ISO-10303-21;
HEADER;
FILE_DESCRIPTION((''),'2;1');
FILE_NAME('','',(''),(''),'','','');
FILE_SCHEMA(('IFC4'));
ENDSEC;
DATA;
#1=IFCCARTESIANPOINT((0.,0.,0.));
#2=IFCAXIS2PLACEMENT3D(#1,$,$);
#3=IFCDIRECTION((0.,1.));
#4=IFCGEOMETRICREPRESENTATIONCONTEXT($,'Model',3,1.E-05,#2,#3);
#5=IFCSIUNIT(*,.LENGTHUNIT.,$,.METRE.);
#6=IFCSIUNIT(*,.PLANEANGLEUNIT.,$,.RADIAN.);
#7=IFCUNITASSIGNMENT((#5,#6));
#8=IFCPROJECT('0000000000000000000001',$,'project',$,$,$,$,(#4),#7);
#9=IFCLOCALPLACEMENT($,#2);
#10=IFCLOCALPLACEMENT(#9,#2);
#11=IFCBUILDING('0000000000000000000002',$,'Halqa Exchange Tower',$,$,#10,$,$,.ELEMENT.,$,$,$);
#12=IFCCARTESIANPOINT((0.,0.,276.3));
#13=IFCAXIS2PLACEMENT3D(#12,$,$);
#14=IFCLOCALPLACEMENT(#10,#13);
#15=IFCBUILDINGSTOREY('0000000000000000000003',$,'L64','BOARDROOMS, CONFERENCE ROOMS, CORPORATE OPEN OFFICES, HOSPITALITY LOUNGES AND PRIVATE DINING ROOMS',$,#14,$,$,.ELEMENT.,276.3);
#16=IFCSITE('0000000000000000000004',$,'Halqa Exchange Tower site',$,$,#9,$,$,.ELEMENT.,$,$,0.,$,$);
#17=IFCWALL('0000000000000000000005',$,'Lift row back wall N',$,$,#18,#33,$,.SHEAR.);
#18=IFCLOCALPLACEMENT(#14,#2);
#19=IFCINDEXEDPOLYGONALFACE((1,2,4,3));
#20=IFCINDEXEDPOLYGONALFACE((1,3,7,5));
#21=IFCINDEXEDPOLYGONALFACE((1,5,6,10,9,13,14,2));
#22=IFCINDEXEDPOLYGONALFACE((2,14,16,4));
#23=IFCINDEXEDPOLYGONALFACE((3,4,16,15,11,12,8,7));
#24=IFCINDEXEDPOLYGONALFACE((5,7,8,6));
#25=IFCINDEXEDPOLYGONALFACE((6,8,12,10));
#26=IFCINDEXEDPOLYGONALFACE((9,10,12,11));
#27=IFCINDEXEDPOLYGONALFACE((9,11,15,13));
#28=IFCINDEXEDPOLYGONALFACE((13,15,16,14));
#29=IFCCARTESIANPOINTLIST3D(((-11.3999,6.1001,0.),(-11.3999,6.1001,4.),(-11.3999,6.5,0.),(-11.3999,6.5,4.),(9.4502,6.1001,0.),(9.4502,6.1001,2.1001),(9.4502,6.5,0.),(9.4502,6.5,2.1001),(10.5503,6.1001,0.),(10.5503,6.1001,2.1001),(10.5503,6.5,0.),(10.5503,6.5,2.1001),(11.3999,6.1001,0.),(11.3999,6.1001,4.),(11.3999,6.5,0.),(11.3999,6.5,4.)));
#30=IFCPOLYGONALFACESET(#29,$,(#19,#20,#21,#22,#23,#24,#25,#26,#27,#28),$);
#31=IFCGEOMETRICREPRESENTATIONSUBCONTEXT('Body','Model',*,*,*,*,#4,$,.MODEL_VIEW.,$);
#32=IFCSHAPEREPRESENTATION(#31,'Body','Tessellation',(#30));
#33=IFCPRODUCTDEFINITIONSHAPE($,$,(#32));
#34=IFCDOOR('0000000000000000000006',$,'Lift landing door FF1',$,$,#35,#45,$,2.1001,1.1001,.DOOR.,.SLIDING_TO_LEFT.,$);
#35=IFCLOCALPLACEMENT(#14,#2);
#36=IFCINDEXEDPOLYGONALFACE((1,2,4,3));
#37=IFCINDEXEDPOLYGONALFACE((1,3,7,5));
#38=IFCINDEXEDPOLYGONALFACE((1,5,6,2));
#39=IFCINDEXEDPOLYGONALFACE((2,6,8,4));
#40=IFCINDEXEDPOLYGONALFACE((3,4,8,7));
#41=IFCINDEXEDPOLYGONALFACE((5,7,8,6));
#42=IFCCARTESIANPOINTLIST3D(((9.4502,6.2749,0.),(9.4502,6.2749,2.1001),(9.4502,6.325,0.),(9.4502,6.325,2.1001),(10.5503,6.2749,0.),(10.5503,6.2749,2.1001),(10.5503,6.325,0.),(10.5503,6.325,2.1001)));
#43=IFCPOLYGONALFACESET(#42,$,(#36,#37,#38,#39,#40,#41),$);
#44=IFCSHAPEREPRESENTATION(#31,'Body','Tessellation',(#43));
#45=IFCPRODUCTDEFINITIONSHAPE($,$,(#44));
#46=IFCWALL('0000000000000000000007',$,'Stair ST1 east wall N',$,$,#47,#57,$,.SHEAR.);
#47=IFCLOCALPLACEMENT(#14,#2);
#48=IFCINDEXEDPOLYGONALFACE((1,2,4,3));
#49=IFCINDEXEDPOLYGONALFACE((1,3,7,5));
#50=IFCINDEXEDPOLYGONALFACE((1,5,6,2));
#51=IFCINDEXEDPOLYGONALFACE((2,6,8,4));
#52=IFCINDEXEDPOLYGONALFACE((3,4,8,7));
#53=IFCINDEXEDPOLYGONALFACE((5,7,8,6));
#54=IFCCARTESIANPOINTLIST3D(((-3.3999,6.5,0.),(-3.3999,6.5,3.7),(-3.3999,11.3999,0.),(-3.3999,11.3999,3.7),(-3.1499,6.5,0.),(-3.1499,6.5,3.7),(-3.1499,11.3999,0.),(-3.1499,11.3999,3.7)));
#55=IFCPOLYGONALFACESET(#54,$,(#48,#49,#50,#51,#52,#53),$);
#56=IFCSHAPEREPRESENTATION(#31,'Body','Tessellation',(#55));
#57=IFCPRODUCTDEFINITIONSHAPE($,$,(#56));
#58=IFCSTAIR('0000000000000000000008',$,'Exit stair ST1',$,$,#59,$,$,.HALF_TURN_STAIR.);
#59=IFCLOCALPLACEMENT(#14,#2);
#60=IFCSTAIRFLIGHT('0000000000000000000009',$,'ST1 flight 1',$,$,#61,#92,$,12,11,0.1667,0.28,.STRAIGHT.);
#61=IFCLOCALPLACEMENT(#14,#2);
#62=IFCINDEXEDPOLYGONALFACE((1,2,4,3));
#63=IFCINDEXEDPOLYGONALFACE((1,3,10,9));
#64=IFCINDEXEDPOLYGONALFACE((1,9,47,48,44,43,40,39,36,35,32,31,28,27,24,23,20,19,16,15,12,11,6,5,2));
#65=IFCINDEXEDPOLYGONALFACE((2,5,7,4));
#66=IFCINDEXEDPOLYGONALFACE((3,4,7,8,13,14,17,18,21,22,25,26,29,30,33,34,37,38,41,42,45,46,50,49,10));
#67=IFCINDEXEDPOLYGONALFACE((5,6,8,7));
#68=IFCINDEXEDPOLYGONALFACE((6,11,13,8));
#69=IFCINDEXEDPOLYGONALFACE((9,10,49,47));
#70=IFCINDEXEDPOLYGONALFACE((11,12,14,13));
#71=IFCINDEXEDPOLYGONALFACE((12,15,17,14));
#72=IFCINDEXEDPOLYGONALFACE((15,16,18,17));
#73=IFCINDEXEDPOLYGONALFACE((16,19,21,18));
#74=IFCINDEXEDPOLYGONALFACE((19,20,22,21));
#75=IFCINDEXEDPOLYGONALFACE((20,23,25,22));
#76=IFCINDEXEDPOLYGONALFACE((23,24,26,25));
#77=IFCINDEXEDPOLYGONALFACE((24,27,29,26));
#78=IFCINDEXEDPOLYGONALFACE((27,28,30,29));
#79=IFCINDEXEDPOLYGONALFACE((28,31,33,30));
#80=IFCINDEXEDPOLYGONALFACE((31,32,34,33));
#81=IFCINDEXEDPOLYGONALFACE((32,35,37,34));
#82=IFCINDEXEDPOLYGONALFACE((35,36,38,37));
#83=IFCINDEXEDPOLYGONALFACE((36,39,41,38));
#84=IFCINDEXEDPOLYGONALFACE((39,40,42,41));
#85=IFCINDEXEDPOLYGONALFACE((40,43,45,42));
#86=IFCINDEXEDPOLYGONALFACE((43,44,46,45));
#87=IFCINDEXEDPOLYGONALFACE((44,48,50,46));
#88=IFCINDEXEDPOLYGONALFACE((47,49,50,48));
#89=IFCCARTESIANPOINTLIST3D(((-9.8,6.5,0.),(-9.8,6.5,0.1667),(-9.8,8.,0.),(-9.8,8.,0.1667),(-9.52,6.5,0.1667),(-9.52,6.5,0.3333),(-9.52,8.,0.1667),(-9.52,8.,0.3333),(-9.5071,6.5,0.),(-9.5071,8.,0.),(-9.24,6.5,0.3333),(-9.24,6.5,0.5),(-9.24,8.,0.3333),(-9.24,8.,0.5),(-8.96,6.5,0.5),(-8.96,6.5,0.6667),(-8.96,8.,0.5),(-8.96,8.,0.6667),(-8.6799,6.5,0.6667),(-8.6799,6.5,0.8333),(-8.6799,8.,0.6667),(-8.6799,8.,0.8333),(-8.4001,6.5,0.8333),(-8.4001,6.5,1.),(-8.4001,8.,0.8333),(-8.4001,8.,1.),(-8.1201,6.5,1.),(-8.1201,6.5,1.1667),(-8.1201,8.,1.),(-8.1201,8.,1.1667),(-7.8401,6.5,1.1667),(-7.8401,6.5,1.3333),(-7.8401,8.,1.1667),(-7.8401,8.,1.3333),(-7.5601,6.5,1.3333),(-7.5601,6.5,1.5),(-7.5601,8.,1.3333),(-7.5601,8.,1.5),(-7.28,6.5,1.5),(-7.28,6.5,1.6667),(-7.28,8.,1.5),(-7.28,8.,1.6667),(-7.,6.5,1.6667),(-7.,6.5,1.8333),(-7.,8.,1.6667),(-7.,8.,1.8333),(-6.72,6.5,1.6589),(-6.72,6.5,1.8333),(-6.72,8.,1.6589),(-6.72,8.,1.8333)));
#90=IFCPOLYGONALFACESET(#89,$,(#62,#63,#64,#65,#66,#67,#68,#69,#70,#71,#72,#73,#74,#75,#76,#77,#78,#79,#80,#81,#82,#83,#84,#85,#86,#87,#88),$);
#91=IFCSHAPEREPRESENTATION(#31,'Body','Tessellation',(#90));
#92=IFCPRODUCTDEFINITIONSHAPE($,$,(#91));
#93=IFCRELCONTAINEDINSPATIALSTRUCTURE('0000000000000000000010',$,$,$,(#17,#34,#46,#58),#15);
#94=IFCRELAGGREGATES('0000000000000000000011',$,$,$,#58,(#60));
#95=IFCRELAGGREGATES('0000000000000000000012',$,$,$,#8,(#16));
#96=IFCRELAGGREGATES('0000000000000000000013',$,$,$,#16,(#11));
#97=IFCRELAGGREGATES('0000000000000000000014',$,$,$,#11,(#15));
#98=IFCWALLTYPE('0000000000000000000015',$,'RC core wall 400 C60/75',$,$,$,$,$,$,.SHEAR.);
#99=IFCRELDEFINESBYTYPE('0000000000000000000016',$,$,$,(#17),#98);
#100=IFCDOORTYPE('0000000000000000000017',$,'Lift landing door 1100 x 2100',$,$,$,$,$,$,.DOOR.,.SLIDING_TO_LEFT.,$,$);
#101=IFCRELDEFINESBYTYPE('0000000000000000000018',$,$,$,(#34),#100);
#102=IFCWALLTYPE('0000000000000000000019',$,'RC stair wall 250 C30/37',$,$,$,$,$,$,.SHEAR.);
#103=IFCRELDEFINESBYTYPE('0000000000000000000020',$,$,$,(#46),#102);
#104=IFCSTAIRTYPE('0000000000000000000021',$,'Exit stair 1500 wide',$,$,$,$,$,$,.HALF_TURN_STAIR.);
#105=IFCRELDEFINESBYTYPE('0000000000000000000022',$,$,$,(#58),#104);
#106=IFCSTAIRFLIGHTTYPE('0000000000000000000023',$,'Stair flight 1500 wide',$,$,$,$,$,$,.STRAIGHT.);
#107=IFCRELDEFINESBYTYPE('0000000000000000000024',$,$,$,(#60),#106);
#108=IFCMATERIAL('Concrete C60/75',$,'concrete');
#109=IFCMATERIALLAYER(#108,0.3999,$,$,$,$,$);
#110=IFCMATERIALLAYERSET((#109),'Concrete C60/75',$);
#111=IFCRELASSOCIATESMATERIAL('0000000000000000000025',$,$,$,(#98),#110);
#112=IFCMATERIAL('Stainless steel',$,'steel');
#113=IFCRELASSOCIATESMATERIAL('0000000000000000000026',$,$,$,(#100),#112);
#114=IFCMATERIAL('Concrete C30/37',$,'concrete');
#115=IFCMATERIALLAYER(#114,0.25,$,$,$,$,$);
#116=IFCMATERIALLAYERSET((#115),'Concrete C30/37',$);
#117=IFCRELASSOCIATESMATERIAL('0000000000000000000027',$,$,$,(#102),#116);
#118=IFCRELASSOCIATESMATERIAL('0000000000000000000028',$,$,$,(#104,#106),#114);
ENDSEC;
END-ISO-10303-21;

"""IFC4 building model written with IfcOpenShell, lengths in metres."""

from ifc_helpers import new_model, si_unit, direction, frame, frame_2d, origin, place, context, subcontext, project, spatial, polyline, rectangle, outline, extrude, material, layer, layer_set, type_object, element, fill, aggregate, save


model = new_model("IFC4")

# Units and contexts
model_context = context("Model", 3, precision=1e-05, world=origin(), true_north=direction((0.0, 1.0)))
body_context = subcontext(model_context, "Body", "Model", "MODEL_VIEW")
ifc_project = project(units=[si_unit("LENGTHUNIT", "METRE"), si_unit("PLANEANGLEUNIT", "RADIAN")], contexts=[model_context])

# Site, building, storey
site_placement = place(None, origin())
site = spatial("IfcSite", under=ifc_project, at=site_placement, Name="Halqa Exchange Tower site", CompositionType="ELEMENT", RefElevation=0.0)
building_placement = place(site_placement, origin())
building = spatial("IfcBuilding", under=site, at=building_placement, Name="Halqa Exchange Tower", CompositionType="ELEMENT")
storey_placement = place(building_placement, frame((0.0, 0.0, 276.3)))
storey = spatial("IfcBuildingStorey", under=building, at=storey_placement, Name="L64", Description="BOARDROOMS, CONFERENCE ROOMS, CORPORATE OPEN OFFICES, HOSPITALITY LOUNGES AND PRIVATE DINING ROOMS", CompositionType="ELEMENT", Elevation=276.3)

# Shared definitions
ifc_material_1 = material(Name="Concrete C60/75", Category="concrete")

# Shared definitions
ifc_layer_1 = layer(ifc_material_1, 0.3999)
ifc_layer_set_1 = layer_set([ifc_layer_1], Name="Concrete C60/75")
wall_type_1 = type_object("IfcWallType", Name="RC core wall 400 C60/75", PredefinedType="SHEAR", material=ifc_layer_set_1)
ifc_material_2 = material(Name="Stainless steel", Category="steel")
door_type_1 = type_object("IfcDoorType", Name="Lift landing door 1100 x 2100", OperationType="SLIDING_TO_LEFT", PredefinedType="DOOR", material=ifc_material_2)

# Wall, opening, door
wall_1_placement = place(storey_placement, frame((-11.3999, 6.3, 0.0), z_axis=(0.0, 0.0, 1.0), x_axis=(1.0, 0.0, 0.0)))
wall_1 = element("IfcWall", 1, at=wall_1_placement, inside=storey, type_object=wall_type_1, Name="Lift row back wall N", PredefinedType="SHEAR", context=body_context, shape_type="SweptSolid", body=[
    extrude(rectangle(XDim=22.7998, YDim=0.3999, at=frame_2d((11.3999, 0.0))), origin(), (0.0, 0.0, 1.0), 4.0),
])
opening_1_placement = place(wall_1_placement, frame((20.8501, 0.0, 0.0)))
opening_1 = element("IfcOpeningElement", 2, at=opening_1_placement, cuts=wall_1, PredefinedType="OPENING", context=body_context, shape_type="SweptSolid", body=[
    extrude(rectangle(XDim=1.1001, YDim=2.1001, at=frame_2d((0.55, 1.05))), frame((0.0, 0.2119, 0.0), z_axis=(0.0, -1.0, 0.0), x_axis=(1.0, 0.0, 0.0)), (0.0, 0.0, 1.0), 0.4238),
])
door_1_placement = place(opening_1_placement, origin())
door_1 = element("IfcDoor", 3, at=door_1_placement, inside=storey, type_object=door_type_1, Name="Lift landing door FF1", OperationType="SLIDING_TO_LEFT", OverallHeight=2.1001, OverallWidth=1.1001, PredefinedType="DOOR", context=body_context, shape_type="SweptSolid", body=[
    extrude(rectangle(XDim=1.1001, YDim=2.1001, at=frame_2d((0.55, 1.05))), frame((0.0, 0.0249, 0.0), z_axis=(0.0, -1.0, 0.0), x_axis=(1.0, 0.0, 0.0)), (0.0, 0.0, 1.0), 0.05),
])
fill(opening_1, door_1)

# Wall
ifc_material_3 = material(Name="Concrete C30/37", Category="concrete")
ifc_layer_2 = layer(ifc_material_3, 0.25)
ifc_layer_set_2 = layer_set([ifc_layer_2], Name="Concrete C30/37")
wall_type_2 = type_object("IfcWallType", Name="RC stair wall 250 C30/37", PredefinedType="SHEAR", material=ifc_layer_set_2)
wall_2_placement = place(storey_placement, frame((-3.2749, 6.5, 0.0), z_axis=(0.0, 0.0, 1.0), x_axis=(0.0, 1.0, 0.0)))
element("IfcWall", 4, at=wall_2_placement, inside=storey, type_object=wall_type_2, Name="Stair ST1 east wall N", PredefinedType="SHEAR", context=body_context, shape_type="SweptSolid", body=[
    extrude(rectangle(XDim=4.8999, YDim=0.25, at=frame_2d((2.45, 0.0))), origin(), (0.0, 0.0, 1.0), 3.7),
])

# Stair, stair flight
stair_type = type_object("IfcStairType", Name="Exit stair 1500 wide", PredefinedType="HALF_TURN_STAIR", material=ifc_material_3)
stair_placement = place(storey_placement, origin())
stair = element("IfcStair", 5, at=stair_placement, inside=storey, type_object=stair_type, Name="Exit stair ST1", PredefinedType="HALF_TURN_STAIR")
stair_flight_type = type_object("IfcStairFlightType", Name="Stair flight 1500 wide", PredefinedType="STRAIGHT", material=ifc_material_3)
stair_flight_placement = place(storey_placement, frame((-9.8, 7.25, 0.0), z_axis=(0.0, 0.0, 1.0), x_axis=(1.0, 0.0, 0.0)))
stair_flight = element("IfcStairFlight", 6, at=stair_flight_placement, type_object=stair_flight_type, Name="ST1 flight 1", NumberOfRisers=12, NumberOfTreads=11, PredefinedType="STRAIGHT", RiserHeight=0.1667, TreadLength=0.28, context=body_context, shape_type="SweptSolid", body=[
    extrude(outline(polyline([(0.0, 0.0), (0.0, 0.1667), (0.28, 0.1667), (0.28, 0.3333), (0.5601, 0.3333), (0.5601, 0.5), (0.8401, 0.5), (0.8401, 0.6667), (1.1201, 0.6667), (1.1201, 0.8333), (1.3999, 0.8333), (1.3999, 1.0), (1.6799, 1.0), (1.6799, 1.1667), (1.96, 1.1667), (1.96, 1.3333), (2.24, 1.3333), (2.24, 1.5), (2.52, 1.5), (2.52, 1.6667), (2.8, 1.6667), (2.8, 1.8333), (3.0801, 1.8333), (3.0801, 2.0), (3.0801, 1.6589), (0.293, 0.0), (0.0, 0.0)])), frame((0.0, 0.75, 0.0), z_axis=(0.0, -1.0, 0.0), x_axis=(1.0, 0.0, 0.0)), (0.0, 0.0, 1.0), 1.5),
])
aggregate(stair, [stair_flight])

save(model, "model.ifc")
